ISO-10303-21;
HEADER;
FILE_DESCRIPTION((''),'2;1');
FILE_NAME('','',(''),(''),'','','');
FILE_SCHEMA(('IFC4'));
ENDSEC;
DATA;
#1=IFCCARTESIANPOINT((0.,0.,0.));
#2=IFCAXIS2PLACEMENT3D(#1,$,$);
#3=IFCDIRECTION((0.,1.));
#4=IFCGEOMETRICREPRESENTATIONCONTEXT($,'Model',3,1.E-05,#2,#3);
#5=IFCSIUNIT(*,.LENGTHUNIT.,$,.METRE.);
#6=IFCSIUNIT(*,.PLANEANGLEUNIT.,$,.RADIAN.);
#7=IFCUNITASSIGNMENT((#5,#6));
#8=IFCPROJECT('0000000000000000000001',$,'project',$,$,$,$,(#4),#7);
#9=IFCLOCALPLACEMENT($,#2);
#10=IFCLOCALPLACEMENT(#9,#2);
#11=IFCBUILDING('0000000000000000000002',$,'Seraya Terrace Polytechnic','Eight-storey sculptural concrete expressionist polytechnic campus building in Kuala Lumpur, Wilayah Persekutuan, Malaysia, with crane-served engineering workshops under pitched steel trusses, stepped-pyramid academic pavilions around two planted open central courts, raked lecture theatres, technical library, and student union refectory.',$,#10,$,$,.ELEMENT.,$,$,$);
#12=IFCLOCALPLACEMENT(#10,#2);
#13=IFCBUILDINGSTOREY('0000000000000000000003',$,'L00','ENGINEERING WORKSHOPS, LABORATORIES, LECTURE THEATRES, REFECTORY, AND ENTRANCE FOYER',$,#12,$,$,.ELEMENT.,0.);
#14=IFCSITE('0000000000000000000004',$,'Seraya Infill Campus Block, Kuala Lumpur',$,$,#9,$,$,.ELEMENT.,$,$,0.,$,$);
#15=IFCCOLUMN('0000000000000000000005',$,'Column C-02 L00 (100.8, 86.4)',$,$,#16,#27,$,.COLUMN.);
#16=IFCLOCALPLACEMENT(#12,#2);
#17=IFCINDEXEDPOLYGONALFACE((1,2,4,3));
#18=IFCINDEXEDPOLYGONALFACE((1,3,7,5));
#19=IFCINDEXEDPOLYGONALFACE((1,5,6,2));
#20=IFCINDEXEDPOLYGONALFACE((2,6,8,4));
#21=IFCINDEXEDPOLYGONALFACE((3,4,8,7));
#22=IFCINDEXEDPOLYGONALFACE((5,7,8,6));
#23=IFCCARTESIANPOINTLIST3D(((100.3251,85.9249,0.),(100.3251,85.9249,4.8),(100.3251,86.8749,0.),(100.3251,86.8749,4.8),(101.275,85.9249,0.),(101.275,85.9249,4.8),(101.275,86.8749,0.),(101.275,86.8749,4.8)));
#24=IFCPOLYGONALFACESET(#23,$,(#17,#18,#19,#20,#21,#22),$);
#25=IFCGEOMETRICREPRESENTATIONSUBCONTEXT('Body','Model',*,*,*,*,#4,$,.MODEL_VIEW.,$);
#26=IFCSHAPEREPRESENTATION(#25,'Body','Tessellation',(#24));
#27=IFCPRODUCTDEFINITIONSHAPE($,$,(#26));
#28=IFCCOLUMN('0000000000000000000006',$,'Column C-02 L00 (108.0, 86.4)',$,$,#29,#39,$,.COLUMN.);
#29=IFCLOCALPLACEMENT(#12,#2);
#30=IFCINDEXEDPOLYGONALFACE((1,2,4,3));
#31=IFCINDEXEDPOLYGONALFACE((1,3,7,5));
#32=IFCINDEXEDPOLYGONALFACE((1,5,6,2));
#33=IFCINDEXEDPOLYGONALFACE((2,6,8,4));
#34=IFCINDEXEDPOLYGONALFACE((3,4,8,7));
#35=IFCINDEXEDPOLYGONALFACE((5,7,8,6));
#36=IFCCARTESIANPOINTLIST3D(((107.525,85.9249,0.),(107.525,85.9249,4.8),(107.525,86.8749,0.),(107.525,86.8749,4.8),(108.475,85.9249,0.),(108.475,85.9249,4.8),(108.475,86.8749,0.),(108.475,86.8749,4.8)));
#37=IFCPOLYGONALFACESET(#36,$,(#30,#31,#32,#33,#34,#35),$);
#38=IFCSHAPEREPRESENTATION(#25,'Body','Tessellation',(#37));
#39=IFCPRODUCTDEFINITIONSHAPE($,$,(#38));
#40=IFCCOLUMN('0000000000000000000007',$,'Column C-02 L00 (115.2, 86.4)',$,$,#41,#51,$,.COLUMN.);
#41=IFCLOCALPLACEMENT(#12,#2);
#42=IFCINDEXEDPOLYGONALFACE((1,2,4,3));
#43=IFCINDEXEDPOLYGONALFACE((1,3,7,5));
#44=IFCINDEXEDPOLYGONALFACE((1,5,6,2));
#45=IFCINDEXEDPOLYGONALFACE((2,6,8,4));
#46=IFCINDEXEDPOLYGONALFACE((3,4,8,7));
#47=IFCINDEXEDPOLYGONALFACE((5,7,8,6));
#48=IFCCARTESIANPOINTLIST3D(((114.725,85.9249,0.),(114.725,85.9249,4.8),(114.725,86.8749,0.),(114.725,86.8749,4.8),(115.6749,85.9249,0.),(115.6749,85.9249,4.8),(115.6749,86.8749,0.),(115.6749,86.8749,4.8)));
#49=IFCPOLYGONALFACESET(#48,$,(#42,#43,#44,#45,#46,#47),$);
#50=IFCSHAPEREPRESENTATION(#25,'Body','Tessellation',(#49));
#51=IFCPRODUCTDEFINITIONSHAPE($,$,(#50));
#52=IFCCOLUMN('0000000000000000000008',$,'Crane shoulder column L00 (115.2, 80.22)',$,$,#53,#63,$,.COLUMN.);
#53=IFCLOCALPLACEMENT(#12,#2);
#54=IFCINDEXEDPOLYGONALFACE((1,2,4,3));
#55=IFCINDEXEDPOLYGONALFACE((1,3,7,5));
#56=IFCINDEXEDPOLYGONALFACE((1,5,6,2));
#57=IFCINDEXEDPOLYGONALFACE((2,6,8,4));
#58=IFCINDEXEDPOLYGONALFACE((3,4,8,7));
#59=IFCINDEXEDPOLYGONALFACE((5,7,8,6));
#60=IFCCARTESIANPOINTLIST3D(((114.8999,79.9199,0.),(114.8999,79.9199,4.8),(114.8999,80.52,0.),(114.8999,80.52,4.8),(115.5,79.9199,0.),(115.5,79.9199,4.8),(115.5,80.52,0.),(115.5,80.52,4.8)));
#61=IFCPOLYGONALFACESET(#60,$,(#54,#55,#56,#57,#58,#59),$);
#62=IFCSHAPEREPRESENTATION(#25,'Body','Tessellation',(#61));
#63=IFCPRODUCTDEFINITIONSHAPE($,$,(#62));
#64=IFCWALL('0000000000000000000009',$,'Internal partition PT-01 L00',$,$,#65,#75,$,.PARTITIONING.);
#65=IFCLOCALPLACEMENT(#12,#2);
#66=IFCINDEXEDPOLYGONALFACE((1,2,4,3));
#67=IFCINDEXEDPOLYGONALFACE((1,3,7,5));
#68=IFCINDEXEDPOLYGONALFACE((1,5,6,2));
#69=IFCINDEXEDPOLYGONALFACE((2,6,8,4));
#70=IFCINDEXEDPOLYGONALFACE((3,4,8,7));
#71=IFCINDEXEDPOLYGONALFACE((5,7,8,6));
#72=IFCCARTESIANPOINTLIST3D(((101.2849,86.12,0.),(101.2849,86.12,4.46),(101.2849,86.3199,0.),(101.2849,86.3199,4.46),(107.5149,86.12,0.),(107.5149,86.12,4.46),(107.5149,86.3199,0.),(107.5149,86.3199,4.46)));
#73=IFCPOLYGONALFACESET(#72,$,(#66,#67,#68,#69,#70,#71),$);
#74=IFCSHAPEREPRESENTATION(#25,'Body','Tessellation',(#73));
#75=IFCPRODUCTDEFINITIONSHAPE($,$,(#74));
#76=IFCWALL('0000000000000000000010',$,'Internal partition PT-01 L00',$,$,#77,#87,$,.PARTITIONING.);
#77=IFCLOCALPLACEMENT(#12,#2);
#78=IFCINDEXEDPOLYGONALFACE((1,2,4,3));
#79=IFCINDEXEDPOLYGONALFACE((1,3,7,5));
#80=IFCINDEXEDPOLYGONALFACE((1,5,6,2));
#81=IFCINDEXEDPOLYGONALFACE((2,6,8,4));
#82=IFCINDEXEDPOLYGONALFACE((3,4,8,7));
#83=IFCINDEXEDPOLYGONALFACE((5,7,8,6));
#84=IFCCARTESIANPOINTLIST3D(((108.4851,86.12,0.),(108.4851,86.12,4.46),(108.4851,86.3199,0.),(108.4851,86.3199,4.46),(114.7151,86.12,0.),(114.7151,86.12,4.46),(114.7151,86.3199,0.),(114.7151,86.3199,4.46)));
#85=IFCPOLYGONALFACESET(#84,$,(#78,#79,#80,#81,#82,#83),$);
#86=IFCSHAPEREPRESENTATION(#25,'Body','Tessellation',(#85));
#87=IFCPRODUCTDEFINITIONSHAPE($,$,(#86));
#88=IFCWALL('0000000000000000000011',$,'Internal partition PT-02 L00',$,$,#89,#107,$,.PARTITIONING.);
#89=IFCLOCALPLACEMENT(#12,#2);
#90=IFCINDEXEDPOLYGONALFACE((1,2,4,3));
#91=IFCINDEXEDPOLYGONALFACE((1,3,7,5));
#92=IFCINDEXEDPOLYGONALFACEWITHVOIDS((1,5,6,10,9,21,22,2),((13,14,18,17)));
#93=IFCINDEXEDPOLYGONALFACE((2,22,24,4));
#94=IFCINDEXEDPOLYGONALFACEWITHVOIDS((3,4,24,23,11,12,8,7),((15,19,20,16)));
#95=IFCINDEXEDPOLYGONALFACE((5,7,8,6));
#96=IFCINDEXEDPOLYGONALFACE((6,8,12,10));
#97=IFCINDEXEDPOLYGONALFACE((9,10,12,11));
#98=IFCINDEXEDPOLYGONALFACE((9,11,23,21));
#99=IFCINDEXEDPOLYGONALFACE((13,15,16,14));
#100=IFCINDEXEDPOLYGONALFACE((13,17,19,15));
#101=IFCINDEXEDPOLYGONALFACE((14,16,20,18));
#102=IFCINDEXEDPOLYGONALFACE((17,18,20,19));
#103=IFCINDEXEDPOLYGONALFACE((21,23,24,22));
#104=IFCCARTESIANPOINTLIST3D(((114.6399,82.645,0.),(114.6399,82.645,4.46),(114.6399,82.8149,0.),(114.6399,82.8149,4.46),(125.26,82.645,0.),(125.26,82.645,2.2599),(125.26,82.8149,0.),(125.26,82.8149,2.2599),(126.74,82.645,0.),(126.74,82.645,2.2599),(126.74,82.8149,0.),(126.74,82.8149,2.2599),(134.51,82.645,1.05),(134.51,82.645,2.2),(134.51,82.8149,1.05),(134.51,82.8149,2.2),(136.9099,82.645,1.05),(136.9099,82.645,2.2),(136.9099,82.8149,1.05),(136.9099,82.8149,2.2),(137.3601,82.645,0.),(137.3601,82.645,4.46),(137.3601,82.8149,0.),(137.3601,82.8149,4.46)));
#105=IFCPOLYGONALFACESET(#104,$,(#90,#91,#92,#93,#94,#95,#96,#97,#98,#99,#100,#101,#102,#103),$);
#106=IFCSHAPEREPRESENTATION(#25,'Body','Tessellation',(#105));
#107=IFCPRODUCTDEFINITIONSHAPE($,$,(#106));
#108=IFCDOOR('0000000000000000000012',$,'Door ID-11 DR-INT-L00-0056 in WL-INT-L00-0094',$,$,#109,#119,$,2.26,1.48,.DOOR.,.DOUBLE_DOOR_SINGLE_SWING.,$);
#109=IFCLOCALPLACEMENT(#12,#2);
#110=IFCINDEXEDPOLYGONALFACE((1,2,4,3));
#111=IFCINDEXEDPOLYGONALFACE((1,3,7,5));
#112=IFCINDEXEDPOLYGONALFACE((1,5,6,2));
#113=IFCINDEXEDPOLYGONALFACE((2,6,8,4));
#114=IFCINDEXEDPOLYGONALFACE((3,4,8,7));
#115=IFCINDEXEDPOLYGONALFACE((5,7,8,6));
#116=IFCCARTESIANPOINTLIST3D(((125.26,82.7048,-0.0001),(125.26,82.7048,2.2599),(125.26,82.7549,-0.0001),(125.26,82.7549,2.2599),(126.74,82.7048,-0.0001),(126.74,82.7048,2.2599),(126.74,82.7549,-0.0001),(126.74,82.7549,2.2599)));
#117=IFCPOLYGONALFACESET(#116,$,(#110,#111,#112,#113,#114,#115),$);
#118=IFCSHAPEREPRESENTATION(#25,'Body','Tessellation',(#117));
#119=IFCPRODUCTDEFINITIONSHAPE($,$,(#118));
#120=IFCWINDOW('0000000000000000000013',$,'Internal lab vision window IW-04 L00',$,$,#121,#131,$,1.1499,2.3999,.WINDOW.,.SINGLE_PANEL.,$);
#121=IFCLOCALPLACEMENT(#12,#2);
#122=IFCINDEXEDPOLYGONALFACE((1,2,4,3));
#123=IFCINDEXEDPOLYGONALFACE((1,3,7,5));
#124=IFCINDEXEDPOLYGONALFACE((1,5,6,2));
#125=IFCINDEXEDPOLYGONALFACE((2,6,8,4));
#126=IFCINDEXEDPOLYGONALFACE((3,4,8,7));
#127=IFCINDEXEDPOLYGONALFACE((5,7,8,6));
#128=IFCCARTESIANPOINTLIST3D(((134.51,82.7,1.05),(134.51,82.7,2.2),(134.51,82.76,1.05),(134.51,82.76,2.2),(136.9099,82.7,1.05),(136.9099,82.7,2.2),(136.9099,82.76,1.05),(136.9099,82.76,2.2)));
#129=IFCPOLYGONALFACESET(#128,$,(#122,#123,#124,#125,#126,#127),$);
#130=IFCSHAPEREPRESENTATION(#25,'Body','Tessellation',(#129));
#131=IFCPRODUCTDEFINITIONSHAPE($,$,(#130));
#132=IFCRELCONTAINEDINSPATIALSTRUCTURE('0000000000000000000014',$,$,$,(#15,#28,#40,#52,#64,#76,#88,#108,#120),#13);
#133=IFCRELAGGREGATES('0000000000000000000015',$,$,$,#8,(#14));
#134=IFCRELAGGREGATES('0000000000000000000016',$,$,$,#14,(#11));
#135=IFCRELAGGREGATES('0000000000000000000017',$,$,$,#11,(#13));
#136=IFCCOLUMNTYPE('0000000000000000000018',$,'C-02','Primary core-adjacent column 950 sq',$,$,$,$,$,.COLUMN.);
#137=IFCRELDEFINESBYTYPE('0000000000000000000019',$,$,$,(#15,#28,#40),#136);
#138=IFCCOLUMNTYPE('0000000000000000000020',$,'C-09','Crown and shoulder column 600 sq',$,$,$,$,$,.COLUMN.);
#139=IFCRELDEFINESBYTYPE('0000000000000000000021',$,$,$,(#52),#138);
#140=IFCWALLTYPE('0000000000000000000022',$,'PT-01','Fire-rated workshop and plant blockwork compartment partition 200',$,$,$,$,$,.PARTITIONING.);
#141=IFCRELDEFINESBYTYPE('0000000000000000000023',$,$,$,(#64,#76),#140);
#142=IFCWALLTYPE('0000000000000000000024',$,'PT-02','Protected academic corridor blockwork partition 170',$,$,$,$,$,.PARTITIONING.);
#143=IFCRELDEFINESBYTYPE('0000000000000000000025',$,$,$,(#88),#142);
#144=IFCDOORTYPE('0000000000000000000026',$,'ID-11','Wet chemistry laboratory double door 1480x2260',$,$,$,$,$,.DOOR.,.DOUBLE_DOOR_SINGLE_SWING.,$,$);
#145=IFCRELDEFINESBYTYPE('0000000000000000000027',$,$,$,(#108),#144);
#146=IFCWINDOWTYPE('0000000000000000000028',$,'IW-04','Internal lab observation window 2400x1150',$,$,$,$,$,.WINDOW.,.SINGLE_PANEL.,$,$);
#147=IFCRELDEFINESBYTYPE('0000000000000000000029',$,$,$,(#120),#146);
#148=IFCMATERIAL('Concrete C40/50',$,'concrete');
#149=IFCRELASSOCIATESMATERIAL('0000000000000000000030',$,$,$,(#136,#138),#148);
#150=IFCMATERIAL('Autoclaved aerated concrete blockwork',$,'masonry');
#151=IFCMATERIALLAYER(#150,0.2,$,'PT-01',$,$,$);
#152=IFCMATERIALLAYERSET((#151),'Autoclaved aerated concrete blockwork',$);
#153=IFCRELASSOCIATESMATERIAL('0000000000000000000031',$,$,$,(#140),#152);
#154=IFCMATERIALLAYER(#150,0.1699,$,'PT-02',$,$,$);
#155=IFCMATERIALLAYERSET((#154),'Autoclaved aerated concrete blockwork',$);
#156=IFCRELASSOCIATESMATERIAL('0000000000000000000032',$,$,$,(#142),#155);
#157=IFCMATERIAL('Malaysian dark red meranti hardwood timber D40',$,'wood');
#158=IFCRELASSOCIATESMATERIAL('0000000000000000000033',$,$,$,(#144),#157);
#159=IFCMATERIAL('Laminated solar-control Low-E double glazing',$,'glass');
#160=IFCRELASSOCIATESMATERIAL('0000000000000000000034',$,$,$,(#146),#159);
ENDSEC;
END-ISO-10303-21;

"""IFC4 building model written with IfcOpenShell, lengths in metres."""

from ifc_helpers import new_model, si_unit, direction, frame, frame_2d, origin, origin_2d, place, context, subcontext, project, spatial, rectangle, extrude, material, layer, layer_set, material_profile, profile_set, type_object, element, fill, save


model = new_model("IFC4")

# Units and contexts
model_context = context("Model", 3, precision=1e-05, world=origin(), true_north=direction((0.0, 1.0)))
body_context = subcontext(model_context, "Body", "Model", "MODEL_VIEW")
ifc_project = project(units=[si_unit("LENGTHUNIT", "METRE"), si_unit("PLANEANGLEUNIT", "RADIAN")], contexts=[model_context])

# Site, building, storey
site_placement = place(None, origin())
site = spatial("IfcSite", under=ifc_project, at=site_placement, Name="Seraya Infill Campus Block, Kuala Lumpur", CompositionType="ELEMENT", RefElevation=0.0)
building_placement = place(site_placement, origin())
building = spatial("IfcBuilding", under=site, at=building_placement, Name="Seraya Terrace Polytechnic", Description="Eight-storey sculptural concrete expressionist polytechnic campus building in Kuala Lumpur, Wilayah Persekutuan, Malaysia, with crane-served engineering workshops under pitched steel trusses, stepped-pyramid academic pavilions around two planted open central courts, raked lecture theatres, technical library, and student union refectory.", CompositionType="ELEMENT")
storey_placement = place(building_placement, origin())
storey = spatial("IfcBuildingStorey", under=building, at=storey_placement, Name="L00", Description="ENGINEERING WORKSHOPS, LABORATORIES, LECTURE THEATRES, REFECTORY, AND ENTRANCE FOYER", CompositionType="ELEMENT", Elevation=0.0)

# Shared definitions
ifc_material_1 = material(Name="Concrete C40/50", Category="concrete")

# Columns
ifc_material_profile_1 = material_profile(ifc_material_1, rectangle(XDim=0.95, YDim=0.95, at=origin_2d()), Name="RC 950x950")
ifc_profile_set_1 = profile_set([ifc_material_profile_1], Name="Concrete C40/50")
column_type_1 = type_object("IfcColumnType", Name="C-02", Description="Primary core-adjacent column 950 sq", PredefinedType="COLUMN", material=ifc_profile_set_1)
for number, where, z_axis, x_axis, name in (
    (1, (100.8, 86.3999, 0.0), (0.0, 0.0, 1.0), (1.0, 0.0, 0.0), "Column C-02 L00 (100.8, 86.4)"),
    (2, (108.0, 86.3999, 0.0), (0.0, 0.0, 1.0), (1.0, 0.0, 0.0), "Column C-02 L00 (108.0, 86.4)"),
    (3, (115.2, 86.3999, 0.0), (0.0, 0.0, 1.0), (1.0, 0.0, 0.0), "Column C-02 L00 (115.2, 86.4)"),
):
    element("IfcColumn", number, at=place(storey_placement, frame(where, z_axis=z_axis, x_axis=x_axis)), inside=storey, type_object=column_type_1, Name=name, PredefinedType="COLUMN", context=body_context, shape_type="SweptSolid", body=[
        extrude(rectangle(XDim=0.95, YDim=0.95, at=origin_2d()), origin(), (0.0, 0.0, 1.0), 4.8),
    ])
ifc_material_profile_2 = material_profile(ifc_material_1, rectangle(XDim=0.6001, YDim=0.6001, at=origin_2d()), Name="RC 600x600")
ifc_profile_set_2 = profile_set([ifc_material_profile_2], Name="Concrete C40/50")
column_type_2 = type_object("IfcColumnType", Name="C-09", Description="Crown and shoulder column 600 sq", PredefinedType="COLUMN", material=ifc_profile_set_2)
column_placement = place(storey_placement, frame((115.2, 80.22, 0.0), z_axis=(0.0, 0.0, 1.0), x_axis=(1.0, 0.0, 0.0)))
element("IfcColumn", 4, at=column_placement, inside=storey, type_object=column_type_2, Name="Crane shoulder column L00 (115.2, 80.22)", PredefinedType="COLUMN", context=body_context, shape_type="SweptSolid", body=[
    extrude(rectangle(XDim=0.6001, YDim=0.6001, at=origin_2d()), origin(), (0.0, 0.0, 1.0), 4.8),
])

# Walls
ifc_material_2 = material(Name="Autoclaved aerated concrete blockwork", Category="masonry")
ifc_layer_1 = layer(ifc_material_2, 0.2, Name="PT-01")
ifc_layer_set_1 = layer_set([ifc_layer_1], Name="Autoclaved aerated concrete blockwork")
wall_type_1 = type_object("IfcWallType", Name="PT-01", Description="Fire-rated workshop and plant blockwork compartment partition 200", PredefinedType="PARTITIONING", material=ifc_layer_set_1)
for number, where, z_axis, x_axis, name in (
    (5, (101.2849, 86.22, 0.0), (0.0, 0.0, 1.0), (1.0, 0.0, 0.0), "Internal partition PT-01 L00"),
    (6, (108.4851, 86.22, 0.0), (0.0, 0.0, 1.0), (1.0, 0.0, 0.0), "Internal partition PT-01 L00"),
):
    element("IfcWall", number, at=place(storey_placement, frame(where, z_axis=z_axis, x_axis=x_axis)), inside=storey, type_object=wall_type_1, Name=name, PredefinedType="PARTITIONING", context=body_context, shape_type="SweptSolid", body=[
        extrude(rectangle(XDim=6.23, YDim=0.2, at=frame_2d((3.115, 0.0))), origin(), (0.0, 0.0, 1.0), 4.46),
    ])

# Wall, openings, door, window
ifc_layer_2 = layer(ifc_material_2, 0.1699, Name="PT-02")
ifc_layer_set_2 = layer_set([ifc_layer_2], Name="Autoclaved aerated concrete blockwork")
wall_type_2 = type_object("IfcWallType", Name="PT-02", Description="Protected academic corridor blockwork partition 170", PredefinedType="PARTITIONING", material=ifc_layer_set_2)
wall_placement = place(storey_placement, frame((114.6399, 82.73, 0.0), z_axis=(0.0, 0.0, 1.0), x_axis=(1.0, 0.0, 0.0)))
wall = element("IfcWall", 7, at=wall_placement, inside=storey, type_object=wall_type_2, Name="Internal partition PT-02 L00", PredefinedType="PARTITIONING", context=body_context, shape_type="SweptSolid", body=[
    extrude(rectangle(XDim=22.7202, YDim=0.1699, at=frame_2d((11.3601, 0.0))), origin(), (0.0, 0.0, 1.0), 4.46),
])
opening_1_placement = place(wall_placement, frame((10.6201, 0.0, 0.0)))
opening_1 = element("IfcOpeningElement", 8, at=opening_1_placement, cuts=wall, PredefinedType="OPENING", context=body_context, shape_type="SweptSolid", body=[
    extrude(rectangle(XDim=1.48, YDim=2.26, at=frame_2d((0.74, 1.1299))), frame((0.0, 0.0969, 0.0), z_axis=(0.0, -1.0, 0.0), x_axis=(1.0, 0.0, 0.0)), (0.0, 0.0, 1.0), 0.1938),
])
opening_2_placement = place(wall_placement, frame((19.8701, 0.0, 1.05)))
opening_2 = element("IfcOpeningElement", 9, at=opening_2_placement, cuts=wall, PredefinedType="OPENING", context=body_context, shape_type="SweptSolid", body=[
    extrude(rectangle(XDim=2.3999, YDim=1.1499, at=frame_2d((1.2, 0.575))), frame((0.0, 0.0969, 0.0), z_axis=(0.0, -1.0, 0.0), x_axis=(1.0, 0.0, 0.0)), (0.0, 0.0, 1.0), 0.1938),
])
ifc_material_3 = material(Name="Malaysian dark red meranti hardwood timber D40", Category="wood")
door_type = type_object("IfcDoorType", Name="ID-11", Description="Wet chemistry laboratory double door 1480x2260", OperationType="DOUBLE_DOOR_SINGLE_SWING", PredefinedType="DOOR", material=ifc_material_3)
door_placement = place(opening_1_placement, origin())
door = element("IfcDoor", 10, at=door_placement, inside=storey, type_object=door_type, Name="Door ID-11 DR-INT-L00-0056 in WL-INT-L00-0094", OperationType="DOUBLE_DOOR_SINGLE_SWING", OverallHeight=2.26, OverallWidth=1.48, PredefinedType="DOOR", context=body_context, shape_type="SweptSolid", body=[
    extrude(rectangle(XDim=1.48, YDim=2.26, at=frame_2d((0.74, 1.1299))), frame((0.0, 0.0249, 0.0), z_axis=(0.0, -1.0, 0.0), x_axis=(1.0, 0.0, 0.0)), (0.0, 0.0, 1.0), 0.05),
])
fill(opening_1, door)
ifc_material_4 = material(Name="Laminated solar-control Low-E double glazing", Category="glass")
window_type = type_object("IfcWindowType", Name="IW-04", Description="Internal lab observation window 2400x1150", PartitioningType="SINGLE_PANEL", PredefinedType="WINDOW", material=ifc_material_4)
window_placement = place(opening_2_placement, origin())
window = element("IfcWindow", 11, at=window_placement, inside=storey, type_object=window_type, Name="Internal lab vision window IW-04 L00", OverallHeight=1.1499, OverallWidth=2.3999, PartitioningType="SINGLE_PANEL", PredefinedType="WINDOW", context=body_context, shape_type="SweptSolid", body=[
    extrude(rectangle(XDim=2.3999, YDim=1.1499, at=frame_2d((1.2, 0.575))), frame((0.0, 0.03, 0.0), z_axis=(0.0, -1.0, 0.0), x_axis=(1.0, 0.0, 0.0)), (0.0, 0.0, 1.0), 0.0601),
])
fill(opening_2, window)

save(model, "model.ifc")
